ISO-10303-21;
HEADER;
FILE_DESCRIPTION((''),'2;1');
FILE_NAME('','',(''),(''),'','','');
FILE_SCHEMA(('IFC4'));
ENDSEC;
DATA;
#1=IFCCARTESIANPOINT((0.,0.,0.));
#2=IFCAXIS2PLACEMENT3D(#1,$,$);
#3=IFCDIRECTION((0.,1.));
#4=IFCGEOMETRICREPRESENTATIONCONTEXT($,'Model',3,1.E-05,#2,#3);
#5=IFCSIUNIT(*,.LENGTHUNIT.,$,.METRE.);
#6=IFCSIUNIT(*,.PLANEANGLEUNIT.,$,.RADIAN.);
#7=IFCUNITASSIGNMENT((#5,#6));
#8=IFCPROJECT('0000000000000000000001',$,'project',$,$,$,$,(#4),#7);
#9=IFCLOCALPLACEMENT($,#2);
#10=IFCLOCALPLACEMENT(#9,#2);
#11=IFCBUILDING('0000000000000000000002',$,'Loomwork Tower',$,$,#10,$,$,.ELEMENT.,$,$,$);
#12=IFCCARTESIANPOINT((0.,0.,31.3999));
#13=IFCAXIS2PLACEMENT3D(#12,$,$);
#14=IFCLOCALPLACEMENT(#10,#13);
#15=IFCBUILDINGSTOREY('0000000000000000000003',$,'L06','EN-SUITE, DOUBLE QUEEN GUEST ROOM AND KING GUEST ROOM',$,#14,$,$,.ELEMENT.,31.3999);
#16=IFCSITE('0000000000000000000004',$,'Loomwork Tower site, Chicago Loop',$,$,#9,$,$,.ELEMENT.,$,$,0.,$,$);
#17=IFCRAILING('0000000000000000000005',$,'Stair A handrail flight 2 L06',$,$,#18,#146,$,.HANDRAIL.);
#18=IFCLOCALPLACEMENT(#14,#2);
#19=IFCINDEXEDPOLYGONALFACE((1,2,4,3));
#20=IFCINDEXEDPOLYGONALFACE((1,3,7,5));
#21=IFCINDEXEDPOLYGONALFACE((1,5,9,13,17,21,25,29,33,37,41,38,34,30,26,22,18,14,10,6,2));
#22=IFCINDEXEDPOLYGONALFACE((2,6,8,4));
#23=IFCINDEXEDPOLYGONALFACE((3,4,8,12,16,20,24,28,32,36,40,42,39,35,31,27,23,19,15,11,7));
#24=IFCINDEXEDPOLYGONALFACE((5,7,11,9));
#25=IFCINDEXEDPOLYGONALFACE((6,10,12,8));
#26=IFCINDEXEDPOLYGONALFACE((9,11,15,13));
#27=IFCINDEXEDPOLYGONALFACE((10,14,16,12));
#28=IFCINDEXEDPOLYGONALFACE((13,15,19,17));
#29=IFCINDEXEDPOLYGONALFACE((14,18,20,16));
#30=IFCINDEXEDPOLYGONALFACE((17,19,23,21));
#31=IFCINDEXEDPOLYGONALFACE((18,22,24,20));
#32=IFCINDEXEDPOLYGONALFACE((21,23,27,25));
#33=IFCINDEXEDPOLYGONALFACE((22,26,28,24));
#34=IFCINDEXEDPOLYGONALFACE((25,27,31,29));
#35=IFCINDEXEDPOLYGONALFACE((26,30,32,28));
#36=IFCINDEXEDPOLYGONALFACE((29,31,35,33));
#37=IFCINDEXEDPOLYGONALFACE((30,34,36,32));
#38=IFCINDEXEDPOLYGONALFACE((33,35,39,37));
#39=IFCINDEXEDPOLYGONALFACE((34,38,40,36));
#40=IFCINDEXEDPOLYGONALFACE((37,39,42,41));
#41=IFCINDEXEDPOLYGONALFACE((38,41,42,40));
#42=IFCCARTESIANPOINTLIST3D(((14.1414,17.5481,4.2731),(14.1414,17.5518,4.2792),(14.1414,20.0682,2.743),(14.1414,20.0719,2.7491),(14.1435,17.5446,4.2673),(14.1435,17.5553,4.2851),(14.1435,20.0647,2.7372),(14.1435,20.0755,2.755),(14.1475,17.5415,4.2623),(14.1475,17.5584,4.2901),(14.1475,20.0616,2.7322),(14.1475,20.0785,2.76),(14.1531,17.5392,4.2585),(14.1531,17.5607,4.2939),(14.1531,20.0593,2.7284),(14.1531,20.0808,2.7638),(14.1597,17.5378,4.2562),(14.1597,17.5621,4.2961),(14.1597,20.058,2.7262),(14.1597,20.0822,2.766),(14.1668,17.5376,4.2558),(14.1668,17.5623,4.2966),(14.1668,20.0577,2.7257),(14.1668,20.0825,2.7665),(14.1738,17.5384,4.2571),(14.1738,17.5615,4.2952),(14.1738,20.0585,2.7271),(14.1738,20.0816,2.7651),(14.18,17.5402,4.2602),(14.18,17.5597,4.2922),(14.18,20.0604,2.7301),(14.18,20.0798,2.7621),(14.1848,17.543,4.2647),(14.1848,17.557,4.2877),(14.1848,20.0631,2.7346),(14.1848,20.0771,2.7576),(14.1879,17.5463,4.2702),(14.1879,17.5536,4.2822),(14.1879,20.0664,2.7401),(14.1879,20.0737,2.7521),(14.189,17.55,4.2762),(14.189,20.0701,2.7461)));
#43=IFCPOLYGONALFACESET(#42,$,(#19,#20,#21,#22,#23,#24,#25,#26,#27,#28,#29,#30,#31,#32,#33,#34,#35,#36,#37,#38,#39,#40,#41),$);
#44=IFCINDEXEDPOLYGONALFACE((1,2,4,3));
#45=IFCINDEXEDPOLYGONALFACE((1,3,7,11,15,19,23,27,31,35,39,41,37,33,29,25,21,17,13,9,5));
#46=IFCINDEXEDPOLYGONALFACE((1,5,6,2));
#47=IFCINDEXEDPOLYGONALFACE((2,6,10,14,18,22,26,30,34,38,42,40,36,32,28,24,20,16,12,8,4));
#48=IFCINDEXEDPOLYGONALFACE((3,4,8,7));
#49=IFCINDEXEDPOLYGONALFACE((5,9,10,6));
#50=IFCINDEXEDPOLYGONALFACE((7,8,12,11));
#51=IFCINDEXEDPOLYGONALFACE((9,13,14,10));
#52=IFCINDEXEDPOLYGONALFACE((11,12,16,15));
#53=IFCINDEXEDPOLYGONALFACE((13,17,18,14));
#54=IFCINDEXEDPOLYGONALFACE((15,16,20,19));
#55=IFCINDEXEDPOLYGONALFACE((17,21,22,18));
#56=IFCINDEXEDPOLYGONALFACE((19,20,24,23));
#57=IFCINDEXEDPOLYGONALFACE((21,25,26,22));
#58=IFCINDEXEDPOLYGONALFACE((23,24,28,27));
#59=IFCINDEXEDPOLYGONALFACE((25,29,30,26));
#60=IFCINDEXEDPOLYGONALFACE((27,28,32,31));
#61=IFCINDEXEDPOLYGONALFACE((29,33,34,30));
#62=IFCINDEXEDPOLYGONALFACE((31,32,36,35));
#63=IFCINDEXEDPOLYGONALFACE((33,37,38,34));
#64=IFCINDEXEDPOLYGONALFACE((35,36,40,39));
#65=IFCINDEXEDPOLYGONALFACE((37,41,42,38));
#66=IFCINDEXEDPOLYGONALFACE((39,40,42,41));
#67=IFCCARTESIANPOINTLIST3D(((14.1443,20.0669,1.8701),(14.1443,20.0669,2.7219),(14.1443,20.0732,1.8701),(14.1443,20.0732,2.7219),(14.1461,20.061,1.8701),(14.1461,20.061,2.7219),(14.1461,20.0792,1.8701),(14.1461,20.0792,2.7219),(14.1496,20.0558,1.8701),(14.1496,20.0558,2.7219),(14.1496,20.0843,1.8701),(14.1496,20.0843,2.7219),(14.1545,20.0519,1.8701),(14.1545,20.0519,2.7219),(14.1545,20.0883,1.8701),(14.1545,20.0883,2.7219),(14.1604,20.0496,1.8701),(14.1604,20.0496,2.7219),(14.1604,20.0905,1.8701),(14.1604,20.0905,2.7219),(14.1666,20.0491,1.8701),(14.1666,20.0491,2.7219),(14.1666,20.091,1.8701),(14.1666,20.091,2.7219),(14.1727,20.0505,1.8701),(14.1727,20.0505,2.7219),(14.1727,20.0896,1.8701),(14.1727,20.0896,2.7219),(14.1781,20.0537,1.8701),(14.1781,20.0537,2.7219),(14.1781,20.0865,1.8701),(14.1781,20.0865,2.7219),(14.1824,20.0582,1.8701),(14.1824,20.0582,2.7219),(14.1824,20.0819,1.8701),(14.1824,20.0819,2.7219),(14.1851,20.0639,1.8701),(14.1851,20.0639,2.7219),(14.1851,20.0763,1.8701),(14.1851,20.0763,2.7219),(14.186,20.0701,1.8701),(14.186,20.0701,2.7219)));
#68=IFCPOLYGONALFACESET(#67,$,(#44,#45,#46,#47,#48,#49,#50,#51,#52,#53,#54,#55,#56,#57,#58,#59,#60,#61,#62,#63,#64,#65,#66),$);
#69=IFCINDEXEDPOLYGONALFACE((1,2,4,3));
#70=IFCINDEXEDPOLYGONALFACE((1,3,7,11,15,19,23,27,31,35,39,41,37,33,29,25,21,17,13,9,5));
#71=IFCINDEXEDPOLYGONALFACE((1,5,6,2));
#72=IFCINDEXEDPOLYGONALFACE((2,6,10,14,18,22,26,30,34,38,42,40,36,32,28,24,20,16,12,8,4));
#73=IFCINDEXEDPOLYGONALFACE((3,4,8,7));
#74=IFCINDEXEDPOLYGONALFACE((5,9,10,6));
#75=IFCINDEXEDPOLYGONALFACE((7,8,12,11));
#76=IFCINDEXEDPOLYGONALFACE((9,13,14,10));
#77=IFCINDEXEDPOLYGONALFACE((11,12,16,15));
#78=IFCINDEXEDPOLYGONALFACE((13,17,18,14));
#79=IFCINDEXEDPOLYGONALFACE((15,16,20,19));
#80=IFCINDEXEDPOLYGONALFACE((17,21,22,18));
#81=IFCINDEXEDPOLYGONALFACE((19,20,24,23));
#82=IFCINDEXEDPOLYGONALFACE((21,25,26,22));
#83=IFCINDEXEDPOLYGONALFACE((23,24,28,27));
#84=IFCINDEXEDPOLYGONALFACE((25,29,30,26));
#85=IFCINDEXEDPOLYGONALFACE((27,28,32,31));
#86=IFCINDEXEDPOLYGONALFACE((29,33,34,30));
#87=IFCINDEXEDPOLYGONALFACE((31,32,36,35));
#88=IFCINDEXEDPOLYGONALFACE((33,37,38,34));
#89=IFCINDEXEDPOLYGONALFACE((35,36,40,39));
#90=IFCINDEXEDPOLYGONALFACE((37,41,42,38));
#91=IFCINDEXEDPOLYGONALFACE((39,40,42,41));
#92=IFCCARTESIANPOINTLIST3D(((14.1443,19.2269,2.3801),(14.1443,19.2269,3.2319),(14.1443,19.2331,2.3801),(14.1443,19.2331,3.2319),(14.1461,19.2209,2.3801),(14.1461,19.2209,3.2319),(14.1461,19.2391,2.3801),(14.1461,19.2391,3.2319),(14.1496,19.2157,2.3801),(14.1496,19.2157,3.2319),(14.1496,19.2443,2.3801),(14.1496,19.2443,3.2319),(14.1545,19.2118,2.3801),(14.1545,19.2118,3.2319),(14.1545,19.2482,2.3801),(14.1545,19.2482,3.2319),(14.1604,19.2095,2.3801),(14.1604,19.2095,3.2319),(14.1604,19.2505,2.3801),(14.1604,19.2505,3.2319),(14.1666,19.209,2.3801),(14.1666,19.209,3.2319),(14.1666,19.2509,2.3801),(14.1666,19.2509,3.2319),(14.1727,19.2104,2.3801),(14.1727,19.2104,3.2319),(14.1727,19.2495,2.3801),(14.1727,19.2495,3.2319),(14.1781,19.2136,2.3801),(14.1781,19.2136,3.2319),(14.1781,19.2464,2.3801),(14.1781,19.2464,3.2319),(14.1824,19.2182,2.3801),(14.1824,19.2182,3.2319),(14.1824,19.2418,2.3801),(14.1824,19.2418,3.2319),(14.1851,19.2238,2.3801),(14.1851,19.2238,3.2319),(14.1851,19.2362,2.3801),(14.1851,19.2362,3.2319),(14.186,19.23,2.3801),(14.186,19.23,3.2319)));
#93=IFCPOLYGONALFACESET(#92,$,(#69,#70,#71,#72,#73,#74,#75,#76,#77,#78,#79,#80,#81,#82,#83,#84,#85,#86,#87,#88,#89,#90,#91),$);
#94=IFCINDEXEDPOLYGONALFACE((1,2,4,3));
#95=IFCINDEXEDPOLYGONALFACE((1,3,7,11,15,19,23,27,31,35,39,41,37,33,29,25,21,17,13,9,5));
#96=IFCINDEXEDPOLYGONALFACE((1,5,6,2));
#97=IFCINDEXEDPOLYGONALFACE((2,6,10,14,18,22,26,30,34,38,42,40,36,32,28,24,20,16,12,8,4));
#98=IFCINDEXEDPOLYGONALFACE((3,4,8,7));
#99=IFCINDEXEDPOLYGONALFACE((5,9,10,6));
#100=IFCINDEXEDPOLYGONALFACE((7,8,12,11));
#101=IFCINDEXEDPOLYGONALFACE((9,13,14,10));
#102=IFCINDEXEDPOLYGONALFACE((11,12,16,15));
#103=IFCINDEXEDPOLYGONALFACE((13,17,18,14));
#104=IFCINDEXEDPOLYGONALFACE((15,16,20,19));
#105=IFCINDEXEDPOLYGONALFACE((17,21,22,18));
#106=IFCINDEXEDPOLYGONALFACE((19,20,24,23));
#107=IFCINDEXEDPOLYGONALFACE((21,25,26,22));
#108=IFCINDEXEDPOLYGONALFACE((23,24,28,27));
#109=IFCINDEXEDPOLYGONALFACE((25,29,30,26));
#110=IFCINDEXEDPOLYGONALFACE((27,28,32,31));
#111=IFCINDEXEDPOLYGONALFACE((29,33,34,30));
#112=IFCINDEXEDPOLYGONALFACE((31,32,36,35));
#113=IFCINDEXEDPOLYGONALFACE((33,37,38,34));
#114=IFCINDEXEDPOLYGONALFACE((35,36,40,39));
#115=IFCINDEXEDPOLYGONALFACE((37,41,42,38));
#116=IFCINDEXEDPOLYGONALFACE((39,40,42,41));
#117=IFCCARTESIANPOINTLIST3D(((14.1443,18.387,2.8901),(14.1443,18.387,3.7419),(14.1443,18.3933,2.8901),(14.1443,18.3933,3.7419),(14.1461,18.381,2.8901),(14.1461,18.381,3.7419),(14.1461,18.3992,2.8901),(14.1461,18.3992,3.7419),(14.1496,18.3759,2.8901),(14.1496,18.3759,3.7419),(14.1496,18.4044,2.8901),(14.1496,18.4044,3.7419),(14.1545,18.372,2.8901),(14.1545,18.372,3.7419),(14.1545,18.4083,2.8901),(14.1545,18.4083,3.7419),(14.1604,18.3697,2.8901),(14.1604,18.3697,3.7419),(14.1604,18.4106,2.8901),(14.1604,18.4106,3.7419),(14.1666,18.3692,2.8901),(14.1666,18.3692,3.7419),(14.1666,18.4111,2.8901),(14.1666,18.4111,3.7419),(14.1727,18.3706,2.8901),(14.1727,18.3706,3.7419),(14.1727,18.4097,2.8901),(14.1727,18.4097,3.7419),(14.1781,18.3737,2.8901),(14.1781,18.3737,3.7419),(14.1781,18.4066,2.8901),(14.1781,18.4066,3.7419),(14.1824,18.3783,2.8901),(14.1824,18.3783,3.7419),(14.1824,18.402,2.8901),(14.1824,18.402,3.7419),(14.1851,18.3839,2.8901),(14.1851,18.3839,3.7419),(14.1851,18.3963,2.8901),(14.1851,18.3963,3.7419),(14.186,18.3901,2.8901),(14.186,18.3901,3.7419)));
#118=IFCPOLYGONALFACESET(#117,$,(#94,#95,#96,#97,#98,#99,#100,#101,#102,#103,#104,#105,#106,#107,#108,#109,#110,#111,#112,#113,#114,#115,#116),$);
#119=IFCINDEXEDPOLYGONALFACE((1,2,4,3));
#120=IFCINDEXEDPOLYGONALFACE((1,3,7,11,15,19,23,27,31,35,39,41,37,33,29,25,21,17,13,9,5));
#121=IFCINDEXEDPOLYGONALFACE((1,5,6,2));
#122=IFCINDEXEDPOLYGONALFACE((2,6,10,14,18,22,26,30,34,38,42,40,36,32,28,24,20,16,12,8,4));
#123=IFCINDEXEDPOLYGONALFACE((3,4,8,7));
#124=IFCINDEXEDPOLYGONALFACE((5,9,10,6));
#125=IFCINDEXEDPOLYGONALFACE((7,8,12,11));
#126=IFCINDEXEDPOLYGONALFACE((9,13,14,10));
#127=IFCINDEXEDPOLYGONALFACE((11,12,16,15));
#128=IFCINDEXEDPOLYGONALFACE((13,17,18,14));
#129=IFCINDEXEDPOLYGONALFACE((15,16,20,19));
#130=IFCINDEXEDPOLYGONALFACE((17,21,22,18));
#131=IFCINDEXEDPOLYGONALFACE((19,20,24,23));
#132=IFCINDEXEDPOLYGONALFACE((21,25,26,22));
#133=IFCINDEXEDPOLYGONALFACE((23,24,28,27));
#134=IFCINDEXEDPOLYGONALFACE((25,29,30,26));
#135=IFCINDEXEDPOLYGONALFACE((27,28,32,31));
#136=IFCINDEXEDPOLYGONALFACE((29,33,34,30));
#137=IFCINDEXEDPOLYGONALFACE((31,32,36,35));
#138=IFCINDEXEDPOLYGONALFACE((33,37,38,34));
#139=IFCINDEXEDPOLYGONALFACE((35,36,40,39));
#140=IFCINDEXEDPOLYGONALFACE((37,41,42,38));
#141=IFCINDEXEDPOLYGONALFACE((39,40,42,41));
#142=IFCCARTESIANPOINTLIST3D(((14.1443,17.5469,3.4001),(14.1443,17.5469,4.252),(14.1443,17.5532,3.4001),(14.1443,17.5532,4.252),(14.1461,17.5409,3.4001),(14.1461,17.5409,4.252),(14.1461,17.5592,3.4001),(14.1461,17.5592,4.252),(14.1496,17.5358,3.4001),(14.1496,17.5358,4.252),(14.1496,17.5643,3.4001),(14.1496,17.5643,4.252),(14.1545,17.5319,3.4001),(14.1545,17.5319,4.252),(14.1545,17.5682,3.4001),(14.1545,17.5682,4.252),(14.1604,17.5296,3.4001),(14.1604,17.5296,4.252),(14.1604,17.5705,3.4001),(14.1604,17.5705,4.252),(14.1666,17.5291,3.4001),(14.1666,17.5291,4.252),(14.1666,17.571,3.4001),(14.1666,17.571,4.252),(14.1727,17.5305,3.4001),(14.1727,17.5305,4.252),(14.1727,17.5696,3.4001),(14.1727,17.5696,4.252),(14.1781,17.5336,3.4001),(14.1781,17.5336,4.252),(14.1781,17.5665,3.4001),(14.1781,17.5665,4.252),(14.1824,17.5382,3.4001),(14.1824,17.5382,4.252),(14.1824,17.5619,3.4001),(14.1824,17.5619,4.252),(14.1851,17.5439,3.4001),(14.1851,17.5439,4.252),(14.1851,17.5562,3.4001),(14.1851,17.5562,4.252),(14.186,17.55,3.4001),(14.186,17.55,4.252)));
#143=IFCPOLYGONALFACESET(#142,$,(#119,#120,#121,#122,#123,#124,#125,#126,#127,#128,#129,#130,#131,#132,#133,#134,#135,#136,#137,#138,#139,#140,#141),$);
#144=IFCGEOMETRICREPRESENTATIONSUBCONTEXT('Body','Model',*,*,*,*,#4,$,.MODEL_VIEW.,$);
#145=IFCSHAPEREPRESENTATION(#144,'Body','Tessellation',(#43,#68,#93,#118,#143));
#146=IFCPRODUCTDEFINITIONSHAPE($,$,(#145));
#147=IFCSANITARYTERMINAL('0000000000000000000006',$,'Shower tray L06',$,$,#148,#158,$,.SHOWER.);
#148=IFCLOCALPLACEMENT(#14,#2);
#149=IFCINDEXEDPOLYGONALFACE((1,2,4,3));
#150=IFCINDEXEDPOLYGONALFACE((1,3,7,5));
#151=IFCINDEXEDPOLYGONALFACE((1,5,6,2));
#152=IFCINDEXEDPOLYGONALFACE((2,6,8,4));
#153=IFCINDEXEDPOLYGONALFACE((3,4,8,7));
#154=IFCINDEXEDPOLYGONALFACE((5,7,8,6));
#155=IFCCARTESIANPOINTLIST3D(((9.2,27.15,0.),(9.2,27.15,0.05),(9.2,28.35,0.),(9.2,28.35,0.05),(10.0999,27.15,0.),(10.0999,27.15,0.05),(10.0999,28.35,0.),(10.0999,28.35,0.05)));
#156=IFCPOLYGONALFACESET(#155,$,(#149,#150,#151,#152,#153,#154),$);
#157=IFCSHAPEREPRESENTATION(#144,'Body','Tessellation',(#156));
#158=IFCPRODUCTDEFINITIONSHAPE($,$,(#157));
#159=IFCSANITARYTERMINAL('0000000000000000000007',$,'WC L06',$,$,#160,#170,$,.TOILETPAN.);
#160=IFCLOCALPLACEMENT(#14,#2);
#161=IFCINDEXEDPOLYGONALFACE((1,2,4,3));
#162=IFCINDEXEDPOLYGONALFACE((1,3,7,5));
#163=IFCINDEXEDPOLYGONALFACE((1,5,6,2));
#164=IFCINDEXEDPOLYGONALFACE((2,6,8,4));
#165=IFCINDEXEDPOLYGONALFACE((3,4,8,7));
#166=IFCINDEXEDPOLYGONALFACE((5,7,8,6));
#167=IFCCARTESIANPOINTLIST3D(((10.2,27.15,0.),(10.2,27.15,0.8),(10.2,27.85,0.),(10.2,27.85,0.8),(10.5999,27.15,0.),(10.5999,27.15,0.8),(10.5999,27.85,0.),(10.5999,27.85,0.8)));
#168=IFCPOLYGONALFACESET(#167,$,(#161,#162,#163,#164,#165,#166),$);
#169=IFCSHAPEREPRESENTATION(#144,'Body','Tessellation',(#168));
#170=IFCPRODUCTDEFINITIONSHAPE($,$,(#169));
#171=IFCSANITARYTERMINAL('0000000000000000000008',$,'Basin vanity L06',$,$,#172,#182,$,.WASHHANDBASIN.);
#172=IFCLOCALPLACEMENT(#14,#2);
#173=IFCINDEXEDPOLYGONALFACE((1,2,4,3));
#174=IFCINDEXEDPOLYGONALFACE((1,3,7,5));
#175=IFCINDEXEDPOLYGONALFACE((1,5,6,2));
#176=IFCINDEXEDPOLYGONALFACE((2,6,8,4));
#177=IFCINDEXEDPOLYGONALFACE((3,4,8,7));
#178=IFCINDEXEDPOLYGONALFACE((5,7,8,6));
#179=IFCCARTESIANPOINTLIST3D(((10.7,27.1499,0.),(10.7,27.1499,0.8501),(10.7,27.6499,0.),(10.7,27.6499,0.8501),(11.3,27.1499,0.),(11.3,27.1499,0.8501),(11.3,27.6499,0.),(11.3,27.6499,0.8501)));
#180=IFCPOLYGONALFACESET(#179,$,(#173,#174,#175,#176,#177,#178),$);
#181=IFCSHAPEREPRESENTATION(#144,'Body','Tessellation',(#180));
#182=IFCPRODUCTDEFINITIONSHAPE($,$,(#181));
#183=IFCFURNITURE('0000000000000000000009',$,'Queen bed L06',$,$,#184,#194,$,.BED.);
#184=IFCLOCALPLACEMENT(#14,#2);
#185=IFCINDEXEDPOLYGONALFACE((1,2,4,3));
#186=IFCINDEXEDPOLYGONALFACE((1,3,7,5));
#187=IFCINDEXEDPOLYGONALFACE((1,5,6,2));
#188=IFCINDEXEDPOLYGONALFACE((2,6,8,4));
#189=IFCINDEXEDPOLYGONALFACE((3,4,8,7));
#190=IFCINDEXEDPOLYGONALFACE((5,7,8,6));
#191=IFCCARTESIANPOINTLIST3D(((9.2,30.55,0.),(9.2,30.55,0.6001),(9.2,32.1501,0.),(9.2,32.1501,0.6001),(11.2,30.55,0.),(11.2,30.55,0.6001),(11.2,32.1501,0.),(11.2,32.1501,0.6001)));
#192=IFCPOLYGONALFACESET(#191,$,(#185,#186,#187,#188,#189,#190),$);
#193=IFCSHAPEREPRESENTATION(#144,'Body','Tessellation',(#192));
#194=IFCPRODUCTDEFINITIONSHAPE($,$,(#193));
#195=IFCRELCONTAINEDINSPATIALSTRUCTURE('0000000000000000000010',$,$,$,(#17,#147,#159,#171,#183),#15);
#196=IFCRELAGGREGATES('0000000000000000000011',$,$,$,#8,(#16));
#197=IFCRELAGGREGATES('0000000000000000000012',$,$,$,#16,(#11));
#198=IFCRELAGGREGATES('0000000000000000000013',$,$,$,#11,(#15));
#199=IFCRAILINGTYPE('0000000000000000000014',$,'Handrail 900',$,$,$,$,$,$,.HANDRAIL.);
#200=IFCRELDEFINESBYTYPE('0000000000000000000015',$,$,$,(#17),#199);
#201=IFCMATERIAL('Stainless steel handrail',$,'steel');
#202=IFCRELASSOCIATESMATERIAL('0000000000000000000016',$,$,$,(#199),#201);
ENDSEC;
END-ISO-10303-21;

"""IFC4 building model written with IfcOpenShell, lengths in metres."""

from ifc_helpers import new_model, si_unit, direction, frame, origin, origin_2d, place, context, subcontext, project, spatial, rectangle, circle, extrude, material, type_object, element, save


model = new_model("IFC4")

# Units and contexts
model_context = context("Model", 3, precision=1e-05, world=origin(), true_north=direction((0.0, 1.0)))
body_context = subcontext(model_context, "Body", "Model", "MODEL_VIEW")
ifc_project = project(units=[si_unit("LENGTHUNIT", "METRE"), si_unit("PLANEANGLEUNIT", "RADIAN")], contexts=[model_context])

# Site, building, storey
site_placement = place(None, origin())
site = spatial("IfcSite", under=ifc_project, at=site_placement, Name="Loomwork Tower site, Chicago Loop", CompositionType="ELEMENT", RefElevation=0.0)
building_placement = place(site_placement, origin())
building = spatial("IfcBuilding", under=site, at=building_placement, Name="Loomwork Tower", CompositionType="ELEMENT")
storey_placement = place(building_placement, frame((0.0, 0.0, 31.3999)))
storey = spatial("IfcBuildingStorey", under=building, at=storey_placement, Name="L06", Description="EN-SUITE, DOUBLE QUEEN GUEST ROOM AND KING GUEST ROOM", CompositionType="ELEMENT", Elevation=31.3999)

# Railing
ifc_material_1 = material(Name="Stainless steel handrail", Category="steel")
railing_type = type_object("IfcRailingType", Name="Handrail 900", PredefinedType="HANDRAIL", material=ifc_material_1)
railing_1_placement = place(storey_placement, frame((14.165, 20.0701, 1.8701)))
element("IfcRailing", 1, at=railing_1_placement, inside=storey, type_object=railing_type, Name="Stair A handrail flight 2 L06", PredefinedType="HANDRAIL", context=body_context, shape_type="SweptSolid", body=[
    extrude(circle(Radius=0.0239, at=origin_2d()), frame((0.0, 0.0, 0.876), z_axis=(0.0, -0.854785, 0.518982), x_axis=(1.0, 0.0, 0.0)), (0.0, 0.0, 1.0), 2.9482),
    extrude(circle(Radius=0.021, at=origin_2d()), origin(), (0.0, 0.0, 1.0), 0.8518),
    extrude(circle(Radius=0.021, at=origin_2d()), frame((0.0, -0.8401, 0.51)), (0.0, 0.0, 1.0), 0.8518),
    extrude(circle(Radius=0.021, at=origin_2d()), frame((0.0, -1.6799, 1.02)), (0.0, 0.0, 1.0), 0.8518),
    extrude(circle(Radius=0.021, at=origin_2d()), frame((0.0, -2.52, 1.53)), (0.0, 0.0, 1.0), 0.8518),
])

# Sanitary terminals
sanitary_terminal_1_placement = place(storey_placement, frame((9.6499, 27.75, 0.0), z_axis=(0.0, 0.0, 1.0), x_axis=(1.0, 0.0, 0.0)))
element("IfcSanitaryTerminal", 2, at=sanitary_terminal_1_placement, inside=storey, Name="Shower tray L06", PredefinedType="SHOWER", context=body_context, shape_type="SweptSolid", body=[
    extrude(rectangle(XDim=0.8999, YDim=1.2, at=origin_2d()), origin(), (0.0, 0.0, 1.0), 0.05),
])
sanitary_terminal_2_placement = place(storey_placement, frame((10.3999, 27.5, 0.0), z_axis=(0.0, 0.0, 1.0), x_axis=(1.0, 0.0, 0.0)))
element("IfcSanitaryTerminal", 3, at=sanitary_terminal_2_placement, inside=storey, Name="WC L06", PredefinedType="TOILETPAN", context=body_context, shape_type="SweptSolid", body=[
    extrude(rectangle(XDim=0.3999, YDim=0.7, at=origin_2d()), origin(), (0.0, 0.0, 1.0), 0.8),
])
sanitary_terminal_3_placement = place(storey_placement, frame((11.0, 27.3999, 0.0), z_axis=(0.0, 0.0, 1.0), x_axis=(1.0, 0.0, 0.0)))
element("IfcSanitaryTerminal", 4, at=sanitary_terminal_3_placement, inside=storey, Name="Basin vanity L06", PredefinedType="WASHHANDBASIN", context=body_context, shape_type="SweptSolid", body=[
    extrude(rectangle(XDim=0.6001, YDim=0.5, at=origin_2d()), origin(), (0.0, 0.0, 1.0), 0.8501),
])

# Furniture
furniture_placement = place(storey_placement, frame((10.2, 31.3501, 0.0), z_axis=(0.0, 0.0, 1.0), x_axis=(1.0, 0.0, 0.0)))
element("IfcFurniture", 5, at=furniture_placement, inside=storey, Name="Queen bed L06", PredefinedType="BED", context=body_context, shape_type="SweptSolid", body=[
    extrude(rectangle(XDim=2.0, YDim=1.6001, at=origin_2d()), origin(), (0.0, 0.0, 1.0), 0.6001),
])

save(model, "model.ifc")
